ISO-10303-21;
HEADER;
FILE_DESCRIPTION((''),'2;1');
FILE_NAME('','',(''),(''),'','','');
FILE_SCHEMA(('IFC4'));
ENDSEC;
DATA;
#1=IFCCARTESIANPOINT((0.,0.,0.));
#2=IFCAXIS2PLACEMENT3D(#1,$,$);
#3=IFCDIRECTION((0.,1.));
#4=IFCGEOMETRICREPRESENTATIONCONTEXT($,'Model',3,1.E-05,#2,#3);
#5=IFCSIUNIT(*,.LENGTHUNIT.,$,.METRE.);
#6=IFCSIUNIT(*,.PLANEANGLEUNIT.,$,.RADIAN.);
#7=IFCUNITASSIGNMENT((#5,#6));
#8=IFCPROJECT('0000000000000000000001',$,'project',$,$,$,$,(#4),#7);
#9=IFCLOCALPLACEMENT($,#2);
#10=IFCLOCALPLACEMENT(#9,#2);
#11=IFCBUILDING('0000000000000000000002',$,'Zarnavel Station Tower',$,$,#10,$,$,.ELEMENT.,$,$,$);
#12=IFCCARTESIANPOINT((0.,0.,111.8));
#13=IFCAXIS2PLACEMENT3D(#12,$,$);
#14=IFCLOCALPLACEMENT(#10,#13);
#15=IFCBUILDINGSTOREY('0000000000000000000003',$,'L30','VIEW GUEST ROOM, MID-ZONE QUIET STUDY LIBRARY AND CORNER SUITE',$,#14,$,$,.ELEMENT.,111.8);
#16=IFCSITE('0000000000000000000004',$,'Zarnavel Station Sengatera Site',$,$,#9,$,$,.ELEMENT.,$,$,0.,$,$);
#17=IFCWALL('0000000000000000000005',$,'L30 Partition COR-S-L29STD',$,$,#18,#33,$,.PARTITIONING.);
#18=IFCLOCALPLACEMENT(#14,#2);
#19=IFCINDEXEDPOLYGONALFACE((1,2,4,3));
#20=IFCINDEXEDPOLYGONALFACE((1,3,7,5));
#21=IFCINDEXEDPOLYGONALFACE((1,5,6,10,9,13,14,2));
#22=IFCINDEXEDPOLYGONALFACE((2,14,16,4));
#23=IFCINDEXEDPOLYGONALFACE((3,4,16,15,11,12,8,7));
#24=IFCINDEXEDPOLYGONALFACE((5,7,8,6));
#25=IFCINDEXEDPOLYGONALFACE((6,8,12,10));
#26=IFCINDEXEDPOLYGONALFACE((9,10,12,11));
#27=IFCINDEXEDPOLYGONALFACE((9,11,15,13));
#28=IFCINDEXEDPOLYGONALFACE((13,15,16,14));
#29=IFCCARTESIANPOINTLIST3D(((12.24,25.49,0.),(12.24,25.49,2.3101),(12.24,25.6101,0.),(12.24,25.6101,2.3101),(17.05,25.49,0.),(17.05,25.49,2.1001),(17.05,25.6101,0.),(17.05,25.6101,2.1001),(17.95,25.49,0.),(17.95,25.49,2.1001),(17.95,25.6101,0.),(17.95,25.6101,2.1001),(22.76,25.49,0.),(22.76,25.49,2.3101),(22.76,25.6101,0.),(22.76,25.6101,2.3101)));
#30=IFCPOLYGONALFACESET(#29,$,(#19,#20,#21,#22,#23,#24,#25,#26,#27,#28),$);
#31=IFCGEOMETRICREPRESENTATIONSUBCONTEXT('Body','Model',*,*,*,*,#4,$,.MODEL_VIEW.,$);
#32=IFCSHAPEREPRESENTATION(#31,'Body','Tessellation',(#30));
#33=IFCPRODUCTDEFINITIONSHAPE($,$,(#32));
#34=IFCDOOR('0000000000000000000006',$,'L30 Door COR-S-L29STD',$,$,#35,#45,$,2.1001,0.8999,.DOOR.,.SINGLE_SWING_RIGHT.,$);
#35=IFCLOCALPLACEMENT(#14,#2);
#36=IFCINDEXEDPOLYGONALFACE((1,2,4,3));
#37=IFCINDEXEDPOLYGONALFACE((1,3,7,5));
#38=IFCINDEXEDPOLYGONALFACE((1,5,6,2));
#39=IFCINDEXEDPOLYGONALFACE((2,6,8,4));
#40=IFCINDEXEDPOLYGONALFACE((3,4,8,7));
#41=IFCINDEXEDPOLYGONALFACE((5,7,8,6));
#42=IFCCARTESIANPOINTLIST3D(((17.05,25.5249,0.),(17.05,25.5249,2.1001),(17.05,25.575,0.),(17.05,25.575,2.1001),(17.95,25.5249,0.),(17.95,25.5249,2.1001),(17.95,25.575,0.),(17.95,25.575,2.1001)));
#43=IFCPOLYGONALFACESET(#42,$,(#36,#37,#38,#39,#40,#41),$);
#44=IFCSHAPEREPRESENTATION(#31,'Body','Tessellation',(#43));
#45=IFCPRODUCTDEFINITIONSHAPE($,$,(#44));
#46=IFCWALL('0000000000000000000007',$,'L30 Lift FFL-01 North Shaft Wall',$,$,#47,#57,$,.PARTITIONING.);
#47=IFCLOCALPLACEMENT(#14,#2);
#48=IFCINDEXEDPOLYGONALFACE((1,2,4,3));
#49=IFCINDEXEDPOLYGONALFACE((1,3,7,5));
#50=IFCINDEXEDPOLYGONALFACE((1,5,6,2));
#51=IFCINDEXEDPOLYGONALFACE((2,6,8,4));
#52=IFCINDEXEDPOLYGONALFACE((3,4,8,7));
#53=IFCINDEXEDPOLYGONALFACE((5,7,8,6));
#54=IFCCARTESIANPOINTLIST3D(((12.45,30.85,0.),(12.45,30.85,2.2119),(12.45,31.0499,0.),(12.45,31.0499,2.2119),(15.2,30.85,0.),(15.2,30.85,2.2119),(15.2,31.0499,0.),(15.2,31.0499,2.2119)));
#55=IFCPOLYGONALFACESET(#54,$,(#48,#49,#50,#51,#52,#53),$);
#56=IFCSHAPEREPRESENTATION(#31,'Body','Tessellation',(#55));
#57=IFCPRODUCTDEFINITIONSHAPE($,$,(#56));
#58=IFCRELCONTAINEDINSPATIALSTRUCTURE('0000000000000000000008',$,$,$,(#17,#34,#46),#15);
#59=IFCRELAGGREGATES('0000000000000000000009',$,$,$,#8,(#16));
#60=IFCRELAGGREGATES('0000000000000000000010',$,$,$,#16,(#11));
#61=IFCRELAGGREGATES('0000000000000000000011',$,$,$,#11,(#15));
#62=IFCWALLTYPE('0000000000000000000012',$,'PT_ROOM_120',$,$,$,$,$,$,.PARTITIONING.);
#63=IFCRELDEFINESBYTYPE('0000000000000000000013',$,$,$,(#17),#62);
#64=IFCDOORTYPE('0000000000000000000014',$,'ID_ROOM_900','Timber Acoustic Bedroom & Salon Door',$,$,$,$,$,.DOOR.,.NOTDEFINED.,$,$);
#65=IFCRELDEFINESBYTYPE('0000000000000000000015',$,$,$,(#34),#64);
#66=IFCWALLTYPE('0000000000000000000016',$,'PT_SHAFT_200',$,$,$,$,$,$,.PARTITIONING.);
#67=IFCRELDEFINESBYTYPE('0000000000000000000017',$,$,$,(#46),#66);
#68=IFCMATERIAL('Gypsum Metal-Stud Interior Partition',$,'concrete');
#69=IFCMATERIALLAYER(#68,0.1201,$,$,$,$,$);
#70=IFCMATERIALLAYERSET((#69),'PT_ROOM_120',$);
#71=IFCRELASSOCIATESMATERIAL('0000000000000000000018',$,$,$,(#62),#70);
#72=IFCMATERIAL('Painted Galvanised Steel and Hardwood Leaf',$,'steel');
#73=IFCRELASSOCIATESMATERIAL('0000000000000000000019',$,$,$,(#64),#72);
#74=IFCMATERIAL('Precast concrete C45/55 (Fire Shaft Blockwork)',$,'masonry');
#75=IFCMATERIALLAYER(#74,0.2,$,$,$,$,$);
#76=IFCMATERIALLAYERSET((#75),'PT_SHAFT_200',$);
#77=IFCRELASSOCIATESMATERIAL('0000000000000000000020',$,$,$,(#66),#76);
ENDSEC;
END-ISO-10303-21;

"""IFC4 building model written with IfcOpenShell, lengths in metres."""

from ifc_helpers import new_model, si_unit, direction, frame, frame_2d, origin, place, context, subcontext, project, spatial, rectangle, extrude, material, layer, layer_set, type_object, element, fill, save


model = new_model("IFC4")

# Units and contexts
model_context = context("Model", 3, precision=1e-05, world=origin(), true_north=direction((0.0, 1.0)))
body_context = subcontext(model_context, "Body", "Model", "MODEL_VIEW")
ifc_project = project(units=[si_unit("LENGTHUNIT", "METRE"), si_unit("PLANEANGLEUNIT", "RADIAN")], contexts=[model_context])

# Site, building, storey
site_placement = place(None, origin())
site = spatial("IfcSite", under=ifc_project, at=site_placement, Name="Zarnavel Station Sengatera Site", CompositionType="ELEMENT", RefElevation=0.0)
building_placement = place(site_placement, origin())
building = spatial("IfcBuilding", under=site, at=building_placement, Name="Zarnavel Station Tower", CompositionType="ELEMENT")
storey_placement = place(building_placement, frame((0.0, 0.0, 111.8)))
storey = spatial("IfcBuildingStorey", under=building, at=storey_placement, Name="L30", Description="VIEW GUEST ROOM, MID-ZONE QUIET STUDY LIBRARY AND CORNER SUITE", CompositionType="ELEMENT", Elevation=111.8)

# Wall, opening, door
ifc_material_1 = material(Name="Gypsum Metal-Stud Interior Partition", Category="concrete")
ifc_layer_1 = layer(ifc_material_1, 0.1201)
ifc_layer_set_1 = layer_set([ifc_layer_1], Name="PT_ROOM_120")
wall_type_1 = type_object("IfcWallType", Name="PT_ROOM_120", PredefinedType="PARTITIONING", material=ifc_layer_set_1)
wall_1_placement = place(storey_placement, frame((12.24, 25.55, 0.0), z_axis=(0.0, 0.0, 1.0), x_axis=(1.0, 0.0, 0.0)))
wall_1 = element("IfcWall", 1, at=wall_1_placement, inside=storey, type_object=wall_type_1, Name="L30 Partition COR-S-L29STD", PredefinedType="PARTITIONING", context=body_context, shape_type="SweptSolid", body=[
    extrude(rectangle(XDim=10.52, YDim=0.1201, at=frame_2d((5.26, 0.0))), origin(), (0.0, 0.0, 1.0), 2.3101),
])
opening_1_placement = place(wall_1_placement, frame((4.8101, 0.0, 0.0)))
opening_1 = element("IfcOpeningElement", 2, at=opening_1_placement, cuts=wall_1, PredefinedType="OPENING", context=body_context, shape_type="SweptSolid", body=[
    extrude(rectangle(XDim=0.8999, YDim=2.1001, at=frame_2d((0.45, 1.05))), frame((0.0, 0.0701, 0.0), z_axis=(0.0, -1.0, 0.0), x_axis=(1.0, 0.0, 0.0)), (0.0, 0.0, 1.0), 0.1401),
])
ifc_material_2 = material(Name="Painted Galvanised Steel and Hardwood Leaf", Category="steel")
door_type_1 = type_object("IfcDoorType", Name="ID_ROOM_900", Description="Timber Acoustic Bedroom & Salon Door", OperationType="NOTDEFINED", PredefinedType="DOOR", material=ifc_material_2)
door_1_placement = place(opening_1_placement, origin())
door_1 = element("IfcDoor", 3, at=door_1_placement, inside=storey, type_object=door_type_1, Name="L30 Door COR-S-L29STD", OperationType="SINGLE_SWING_RIGHT", OverallHeight=2.1001, OverallWidth=0.8999, PredefinedType="DOOR", context=body_context, shape_type="SweptSolid", body=[
    extrude(rectangle(XDim=0.8999, YDim=2.1001, at=frame_2d((0.45, 1.05))), frame((0.0, 0.0249, 0.0), z_axis=(0.0, -1.0, 0.0), x_axis=(1.0, 0.0, 0.0)), (0.0, 0.0, 1.0), 0.05),
])
fill(opening_1, door_1)
ifc_material_3 = material(Name="Precast concrete C45/55 (Fire Shaft Blockwork)", Category="masonry")
ifc_layer_2 = layer(ifc_material_3, 0.2)
ifc_layer_set_2 = layer_set([ifc_layer_2], Name="PT_SHAFT_200")
wall_type_2 = type_object("IfcWallType", Name="PT_SHAFT_200", PredefinedType="PARTITIONING", material=ifc_layer_set_2)

# Wall
wall_2_placement = place(storey_placement, frame((12.45, 30.95, 0.0), z_axis=(0.0, 0.0, 1.0), x_axis=(1.0, 0.0, 0.0)))
element("IfcWall", 4, at=wall_2_placement, inside=storey, type_object=wall_type_2, Name="L30 Lift FFL-01 North Shaft Wall", PredefinedType="PARTITIONING", context=body_context, shape_type="SweptSolid", body=[
    extrude(rectangle(XDim=2.75, YDim=0.2, at=frame_2d((1.375, 0.0))), origin(), (0.0, 0.0, 1.0), 2.2119),
])

save(model, "model.ifc")
